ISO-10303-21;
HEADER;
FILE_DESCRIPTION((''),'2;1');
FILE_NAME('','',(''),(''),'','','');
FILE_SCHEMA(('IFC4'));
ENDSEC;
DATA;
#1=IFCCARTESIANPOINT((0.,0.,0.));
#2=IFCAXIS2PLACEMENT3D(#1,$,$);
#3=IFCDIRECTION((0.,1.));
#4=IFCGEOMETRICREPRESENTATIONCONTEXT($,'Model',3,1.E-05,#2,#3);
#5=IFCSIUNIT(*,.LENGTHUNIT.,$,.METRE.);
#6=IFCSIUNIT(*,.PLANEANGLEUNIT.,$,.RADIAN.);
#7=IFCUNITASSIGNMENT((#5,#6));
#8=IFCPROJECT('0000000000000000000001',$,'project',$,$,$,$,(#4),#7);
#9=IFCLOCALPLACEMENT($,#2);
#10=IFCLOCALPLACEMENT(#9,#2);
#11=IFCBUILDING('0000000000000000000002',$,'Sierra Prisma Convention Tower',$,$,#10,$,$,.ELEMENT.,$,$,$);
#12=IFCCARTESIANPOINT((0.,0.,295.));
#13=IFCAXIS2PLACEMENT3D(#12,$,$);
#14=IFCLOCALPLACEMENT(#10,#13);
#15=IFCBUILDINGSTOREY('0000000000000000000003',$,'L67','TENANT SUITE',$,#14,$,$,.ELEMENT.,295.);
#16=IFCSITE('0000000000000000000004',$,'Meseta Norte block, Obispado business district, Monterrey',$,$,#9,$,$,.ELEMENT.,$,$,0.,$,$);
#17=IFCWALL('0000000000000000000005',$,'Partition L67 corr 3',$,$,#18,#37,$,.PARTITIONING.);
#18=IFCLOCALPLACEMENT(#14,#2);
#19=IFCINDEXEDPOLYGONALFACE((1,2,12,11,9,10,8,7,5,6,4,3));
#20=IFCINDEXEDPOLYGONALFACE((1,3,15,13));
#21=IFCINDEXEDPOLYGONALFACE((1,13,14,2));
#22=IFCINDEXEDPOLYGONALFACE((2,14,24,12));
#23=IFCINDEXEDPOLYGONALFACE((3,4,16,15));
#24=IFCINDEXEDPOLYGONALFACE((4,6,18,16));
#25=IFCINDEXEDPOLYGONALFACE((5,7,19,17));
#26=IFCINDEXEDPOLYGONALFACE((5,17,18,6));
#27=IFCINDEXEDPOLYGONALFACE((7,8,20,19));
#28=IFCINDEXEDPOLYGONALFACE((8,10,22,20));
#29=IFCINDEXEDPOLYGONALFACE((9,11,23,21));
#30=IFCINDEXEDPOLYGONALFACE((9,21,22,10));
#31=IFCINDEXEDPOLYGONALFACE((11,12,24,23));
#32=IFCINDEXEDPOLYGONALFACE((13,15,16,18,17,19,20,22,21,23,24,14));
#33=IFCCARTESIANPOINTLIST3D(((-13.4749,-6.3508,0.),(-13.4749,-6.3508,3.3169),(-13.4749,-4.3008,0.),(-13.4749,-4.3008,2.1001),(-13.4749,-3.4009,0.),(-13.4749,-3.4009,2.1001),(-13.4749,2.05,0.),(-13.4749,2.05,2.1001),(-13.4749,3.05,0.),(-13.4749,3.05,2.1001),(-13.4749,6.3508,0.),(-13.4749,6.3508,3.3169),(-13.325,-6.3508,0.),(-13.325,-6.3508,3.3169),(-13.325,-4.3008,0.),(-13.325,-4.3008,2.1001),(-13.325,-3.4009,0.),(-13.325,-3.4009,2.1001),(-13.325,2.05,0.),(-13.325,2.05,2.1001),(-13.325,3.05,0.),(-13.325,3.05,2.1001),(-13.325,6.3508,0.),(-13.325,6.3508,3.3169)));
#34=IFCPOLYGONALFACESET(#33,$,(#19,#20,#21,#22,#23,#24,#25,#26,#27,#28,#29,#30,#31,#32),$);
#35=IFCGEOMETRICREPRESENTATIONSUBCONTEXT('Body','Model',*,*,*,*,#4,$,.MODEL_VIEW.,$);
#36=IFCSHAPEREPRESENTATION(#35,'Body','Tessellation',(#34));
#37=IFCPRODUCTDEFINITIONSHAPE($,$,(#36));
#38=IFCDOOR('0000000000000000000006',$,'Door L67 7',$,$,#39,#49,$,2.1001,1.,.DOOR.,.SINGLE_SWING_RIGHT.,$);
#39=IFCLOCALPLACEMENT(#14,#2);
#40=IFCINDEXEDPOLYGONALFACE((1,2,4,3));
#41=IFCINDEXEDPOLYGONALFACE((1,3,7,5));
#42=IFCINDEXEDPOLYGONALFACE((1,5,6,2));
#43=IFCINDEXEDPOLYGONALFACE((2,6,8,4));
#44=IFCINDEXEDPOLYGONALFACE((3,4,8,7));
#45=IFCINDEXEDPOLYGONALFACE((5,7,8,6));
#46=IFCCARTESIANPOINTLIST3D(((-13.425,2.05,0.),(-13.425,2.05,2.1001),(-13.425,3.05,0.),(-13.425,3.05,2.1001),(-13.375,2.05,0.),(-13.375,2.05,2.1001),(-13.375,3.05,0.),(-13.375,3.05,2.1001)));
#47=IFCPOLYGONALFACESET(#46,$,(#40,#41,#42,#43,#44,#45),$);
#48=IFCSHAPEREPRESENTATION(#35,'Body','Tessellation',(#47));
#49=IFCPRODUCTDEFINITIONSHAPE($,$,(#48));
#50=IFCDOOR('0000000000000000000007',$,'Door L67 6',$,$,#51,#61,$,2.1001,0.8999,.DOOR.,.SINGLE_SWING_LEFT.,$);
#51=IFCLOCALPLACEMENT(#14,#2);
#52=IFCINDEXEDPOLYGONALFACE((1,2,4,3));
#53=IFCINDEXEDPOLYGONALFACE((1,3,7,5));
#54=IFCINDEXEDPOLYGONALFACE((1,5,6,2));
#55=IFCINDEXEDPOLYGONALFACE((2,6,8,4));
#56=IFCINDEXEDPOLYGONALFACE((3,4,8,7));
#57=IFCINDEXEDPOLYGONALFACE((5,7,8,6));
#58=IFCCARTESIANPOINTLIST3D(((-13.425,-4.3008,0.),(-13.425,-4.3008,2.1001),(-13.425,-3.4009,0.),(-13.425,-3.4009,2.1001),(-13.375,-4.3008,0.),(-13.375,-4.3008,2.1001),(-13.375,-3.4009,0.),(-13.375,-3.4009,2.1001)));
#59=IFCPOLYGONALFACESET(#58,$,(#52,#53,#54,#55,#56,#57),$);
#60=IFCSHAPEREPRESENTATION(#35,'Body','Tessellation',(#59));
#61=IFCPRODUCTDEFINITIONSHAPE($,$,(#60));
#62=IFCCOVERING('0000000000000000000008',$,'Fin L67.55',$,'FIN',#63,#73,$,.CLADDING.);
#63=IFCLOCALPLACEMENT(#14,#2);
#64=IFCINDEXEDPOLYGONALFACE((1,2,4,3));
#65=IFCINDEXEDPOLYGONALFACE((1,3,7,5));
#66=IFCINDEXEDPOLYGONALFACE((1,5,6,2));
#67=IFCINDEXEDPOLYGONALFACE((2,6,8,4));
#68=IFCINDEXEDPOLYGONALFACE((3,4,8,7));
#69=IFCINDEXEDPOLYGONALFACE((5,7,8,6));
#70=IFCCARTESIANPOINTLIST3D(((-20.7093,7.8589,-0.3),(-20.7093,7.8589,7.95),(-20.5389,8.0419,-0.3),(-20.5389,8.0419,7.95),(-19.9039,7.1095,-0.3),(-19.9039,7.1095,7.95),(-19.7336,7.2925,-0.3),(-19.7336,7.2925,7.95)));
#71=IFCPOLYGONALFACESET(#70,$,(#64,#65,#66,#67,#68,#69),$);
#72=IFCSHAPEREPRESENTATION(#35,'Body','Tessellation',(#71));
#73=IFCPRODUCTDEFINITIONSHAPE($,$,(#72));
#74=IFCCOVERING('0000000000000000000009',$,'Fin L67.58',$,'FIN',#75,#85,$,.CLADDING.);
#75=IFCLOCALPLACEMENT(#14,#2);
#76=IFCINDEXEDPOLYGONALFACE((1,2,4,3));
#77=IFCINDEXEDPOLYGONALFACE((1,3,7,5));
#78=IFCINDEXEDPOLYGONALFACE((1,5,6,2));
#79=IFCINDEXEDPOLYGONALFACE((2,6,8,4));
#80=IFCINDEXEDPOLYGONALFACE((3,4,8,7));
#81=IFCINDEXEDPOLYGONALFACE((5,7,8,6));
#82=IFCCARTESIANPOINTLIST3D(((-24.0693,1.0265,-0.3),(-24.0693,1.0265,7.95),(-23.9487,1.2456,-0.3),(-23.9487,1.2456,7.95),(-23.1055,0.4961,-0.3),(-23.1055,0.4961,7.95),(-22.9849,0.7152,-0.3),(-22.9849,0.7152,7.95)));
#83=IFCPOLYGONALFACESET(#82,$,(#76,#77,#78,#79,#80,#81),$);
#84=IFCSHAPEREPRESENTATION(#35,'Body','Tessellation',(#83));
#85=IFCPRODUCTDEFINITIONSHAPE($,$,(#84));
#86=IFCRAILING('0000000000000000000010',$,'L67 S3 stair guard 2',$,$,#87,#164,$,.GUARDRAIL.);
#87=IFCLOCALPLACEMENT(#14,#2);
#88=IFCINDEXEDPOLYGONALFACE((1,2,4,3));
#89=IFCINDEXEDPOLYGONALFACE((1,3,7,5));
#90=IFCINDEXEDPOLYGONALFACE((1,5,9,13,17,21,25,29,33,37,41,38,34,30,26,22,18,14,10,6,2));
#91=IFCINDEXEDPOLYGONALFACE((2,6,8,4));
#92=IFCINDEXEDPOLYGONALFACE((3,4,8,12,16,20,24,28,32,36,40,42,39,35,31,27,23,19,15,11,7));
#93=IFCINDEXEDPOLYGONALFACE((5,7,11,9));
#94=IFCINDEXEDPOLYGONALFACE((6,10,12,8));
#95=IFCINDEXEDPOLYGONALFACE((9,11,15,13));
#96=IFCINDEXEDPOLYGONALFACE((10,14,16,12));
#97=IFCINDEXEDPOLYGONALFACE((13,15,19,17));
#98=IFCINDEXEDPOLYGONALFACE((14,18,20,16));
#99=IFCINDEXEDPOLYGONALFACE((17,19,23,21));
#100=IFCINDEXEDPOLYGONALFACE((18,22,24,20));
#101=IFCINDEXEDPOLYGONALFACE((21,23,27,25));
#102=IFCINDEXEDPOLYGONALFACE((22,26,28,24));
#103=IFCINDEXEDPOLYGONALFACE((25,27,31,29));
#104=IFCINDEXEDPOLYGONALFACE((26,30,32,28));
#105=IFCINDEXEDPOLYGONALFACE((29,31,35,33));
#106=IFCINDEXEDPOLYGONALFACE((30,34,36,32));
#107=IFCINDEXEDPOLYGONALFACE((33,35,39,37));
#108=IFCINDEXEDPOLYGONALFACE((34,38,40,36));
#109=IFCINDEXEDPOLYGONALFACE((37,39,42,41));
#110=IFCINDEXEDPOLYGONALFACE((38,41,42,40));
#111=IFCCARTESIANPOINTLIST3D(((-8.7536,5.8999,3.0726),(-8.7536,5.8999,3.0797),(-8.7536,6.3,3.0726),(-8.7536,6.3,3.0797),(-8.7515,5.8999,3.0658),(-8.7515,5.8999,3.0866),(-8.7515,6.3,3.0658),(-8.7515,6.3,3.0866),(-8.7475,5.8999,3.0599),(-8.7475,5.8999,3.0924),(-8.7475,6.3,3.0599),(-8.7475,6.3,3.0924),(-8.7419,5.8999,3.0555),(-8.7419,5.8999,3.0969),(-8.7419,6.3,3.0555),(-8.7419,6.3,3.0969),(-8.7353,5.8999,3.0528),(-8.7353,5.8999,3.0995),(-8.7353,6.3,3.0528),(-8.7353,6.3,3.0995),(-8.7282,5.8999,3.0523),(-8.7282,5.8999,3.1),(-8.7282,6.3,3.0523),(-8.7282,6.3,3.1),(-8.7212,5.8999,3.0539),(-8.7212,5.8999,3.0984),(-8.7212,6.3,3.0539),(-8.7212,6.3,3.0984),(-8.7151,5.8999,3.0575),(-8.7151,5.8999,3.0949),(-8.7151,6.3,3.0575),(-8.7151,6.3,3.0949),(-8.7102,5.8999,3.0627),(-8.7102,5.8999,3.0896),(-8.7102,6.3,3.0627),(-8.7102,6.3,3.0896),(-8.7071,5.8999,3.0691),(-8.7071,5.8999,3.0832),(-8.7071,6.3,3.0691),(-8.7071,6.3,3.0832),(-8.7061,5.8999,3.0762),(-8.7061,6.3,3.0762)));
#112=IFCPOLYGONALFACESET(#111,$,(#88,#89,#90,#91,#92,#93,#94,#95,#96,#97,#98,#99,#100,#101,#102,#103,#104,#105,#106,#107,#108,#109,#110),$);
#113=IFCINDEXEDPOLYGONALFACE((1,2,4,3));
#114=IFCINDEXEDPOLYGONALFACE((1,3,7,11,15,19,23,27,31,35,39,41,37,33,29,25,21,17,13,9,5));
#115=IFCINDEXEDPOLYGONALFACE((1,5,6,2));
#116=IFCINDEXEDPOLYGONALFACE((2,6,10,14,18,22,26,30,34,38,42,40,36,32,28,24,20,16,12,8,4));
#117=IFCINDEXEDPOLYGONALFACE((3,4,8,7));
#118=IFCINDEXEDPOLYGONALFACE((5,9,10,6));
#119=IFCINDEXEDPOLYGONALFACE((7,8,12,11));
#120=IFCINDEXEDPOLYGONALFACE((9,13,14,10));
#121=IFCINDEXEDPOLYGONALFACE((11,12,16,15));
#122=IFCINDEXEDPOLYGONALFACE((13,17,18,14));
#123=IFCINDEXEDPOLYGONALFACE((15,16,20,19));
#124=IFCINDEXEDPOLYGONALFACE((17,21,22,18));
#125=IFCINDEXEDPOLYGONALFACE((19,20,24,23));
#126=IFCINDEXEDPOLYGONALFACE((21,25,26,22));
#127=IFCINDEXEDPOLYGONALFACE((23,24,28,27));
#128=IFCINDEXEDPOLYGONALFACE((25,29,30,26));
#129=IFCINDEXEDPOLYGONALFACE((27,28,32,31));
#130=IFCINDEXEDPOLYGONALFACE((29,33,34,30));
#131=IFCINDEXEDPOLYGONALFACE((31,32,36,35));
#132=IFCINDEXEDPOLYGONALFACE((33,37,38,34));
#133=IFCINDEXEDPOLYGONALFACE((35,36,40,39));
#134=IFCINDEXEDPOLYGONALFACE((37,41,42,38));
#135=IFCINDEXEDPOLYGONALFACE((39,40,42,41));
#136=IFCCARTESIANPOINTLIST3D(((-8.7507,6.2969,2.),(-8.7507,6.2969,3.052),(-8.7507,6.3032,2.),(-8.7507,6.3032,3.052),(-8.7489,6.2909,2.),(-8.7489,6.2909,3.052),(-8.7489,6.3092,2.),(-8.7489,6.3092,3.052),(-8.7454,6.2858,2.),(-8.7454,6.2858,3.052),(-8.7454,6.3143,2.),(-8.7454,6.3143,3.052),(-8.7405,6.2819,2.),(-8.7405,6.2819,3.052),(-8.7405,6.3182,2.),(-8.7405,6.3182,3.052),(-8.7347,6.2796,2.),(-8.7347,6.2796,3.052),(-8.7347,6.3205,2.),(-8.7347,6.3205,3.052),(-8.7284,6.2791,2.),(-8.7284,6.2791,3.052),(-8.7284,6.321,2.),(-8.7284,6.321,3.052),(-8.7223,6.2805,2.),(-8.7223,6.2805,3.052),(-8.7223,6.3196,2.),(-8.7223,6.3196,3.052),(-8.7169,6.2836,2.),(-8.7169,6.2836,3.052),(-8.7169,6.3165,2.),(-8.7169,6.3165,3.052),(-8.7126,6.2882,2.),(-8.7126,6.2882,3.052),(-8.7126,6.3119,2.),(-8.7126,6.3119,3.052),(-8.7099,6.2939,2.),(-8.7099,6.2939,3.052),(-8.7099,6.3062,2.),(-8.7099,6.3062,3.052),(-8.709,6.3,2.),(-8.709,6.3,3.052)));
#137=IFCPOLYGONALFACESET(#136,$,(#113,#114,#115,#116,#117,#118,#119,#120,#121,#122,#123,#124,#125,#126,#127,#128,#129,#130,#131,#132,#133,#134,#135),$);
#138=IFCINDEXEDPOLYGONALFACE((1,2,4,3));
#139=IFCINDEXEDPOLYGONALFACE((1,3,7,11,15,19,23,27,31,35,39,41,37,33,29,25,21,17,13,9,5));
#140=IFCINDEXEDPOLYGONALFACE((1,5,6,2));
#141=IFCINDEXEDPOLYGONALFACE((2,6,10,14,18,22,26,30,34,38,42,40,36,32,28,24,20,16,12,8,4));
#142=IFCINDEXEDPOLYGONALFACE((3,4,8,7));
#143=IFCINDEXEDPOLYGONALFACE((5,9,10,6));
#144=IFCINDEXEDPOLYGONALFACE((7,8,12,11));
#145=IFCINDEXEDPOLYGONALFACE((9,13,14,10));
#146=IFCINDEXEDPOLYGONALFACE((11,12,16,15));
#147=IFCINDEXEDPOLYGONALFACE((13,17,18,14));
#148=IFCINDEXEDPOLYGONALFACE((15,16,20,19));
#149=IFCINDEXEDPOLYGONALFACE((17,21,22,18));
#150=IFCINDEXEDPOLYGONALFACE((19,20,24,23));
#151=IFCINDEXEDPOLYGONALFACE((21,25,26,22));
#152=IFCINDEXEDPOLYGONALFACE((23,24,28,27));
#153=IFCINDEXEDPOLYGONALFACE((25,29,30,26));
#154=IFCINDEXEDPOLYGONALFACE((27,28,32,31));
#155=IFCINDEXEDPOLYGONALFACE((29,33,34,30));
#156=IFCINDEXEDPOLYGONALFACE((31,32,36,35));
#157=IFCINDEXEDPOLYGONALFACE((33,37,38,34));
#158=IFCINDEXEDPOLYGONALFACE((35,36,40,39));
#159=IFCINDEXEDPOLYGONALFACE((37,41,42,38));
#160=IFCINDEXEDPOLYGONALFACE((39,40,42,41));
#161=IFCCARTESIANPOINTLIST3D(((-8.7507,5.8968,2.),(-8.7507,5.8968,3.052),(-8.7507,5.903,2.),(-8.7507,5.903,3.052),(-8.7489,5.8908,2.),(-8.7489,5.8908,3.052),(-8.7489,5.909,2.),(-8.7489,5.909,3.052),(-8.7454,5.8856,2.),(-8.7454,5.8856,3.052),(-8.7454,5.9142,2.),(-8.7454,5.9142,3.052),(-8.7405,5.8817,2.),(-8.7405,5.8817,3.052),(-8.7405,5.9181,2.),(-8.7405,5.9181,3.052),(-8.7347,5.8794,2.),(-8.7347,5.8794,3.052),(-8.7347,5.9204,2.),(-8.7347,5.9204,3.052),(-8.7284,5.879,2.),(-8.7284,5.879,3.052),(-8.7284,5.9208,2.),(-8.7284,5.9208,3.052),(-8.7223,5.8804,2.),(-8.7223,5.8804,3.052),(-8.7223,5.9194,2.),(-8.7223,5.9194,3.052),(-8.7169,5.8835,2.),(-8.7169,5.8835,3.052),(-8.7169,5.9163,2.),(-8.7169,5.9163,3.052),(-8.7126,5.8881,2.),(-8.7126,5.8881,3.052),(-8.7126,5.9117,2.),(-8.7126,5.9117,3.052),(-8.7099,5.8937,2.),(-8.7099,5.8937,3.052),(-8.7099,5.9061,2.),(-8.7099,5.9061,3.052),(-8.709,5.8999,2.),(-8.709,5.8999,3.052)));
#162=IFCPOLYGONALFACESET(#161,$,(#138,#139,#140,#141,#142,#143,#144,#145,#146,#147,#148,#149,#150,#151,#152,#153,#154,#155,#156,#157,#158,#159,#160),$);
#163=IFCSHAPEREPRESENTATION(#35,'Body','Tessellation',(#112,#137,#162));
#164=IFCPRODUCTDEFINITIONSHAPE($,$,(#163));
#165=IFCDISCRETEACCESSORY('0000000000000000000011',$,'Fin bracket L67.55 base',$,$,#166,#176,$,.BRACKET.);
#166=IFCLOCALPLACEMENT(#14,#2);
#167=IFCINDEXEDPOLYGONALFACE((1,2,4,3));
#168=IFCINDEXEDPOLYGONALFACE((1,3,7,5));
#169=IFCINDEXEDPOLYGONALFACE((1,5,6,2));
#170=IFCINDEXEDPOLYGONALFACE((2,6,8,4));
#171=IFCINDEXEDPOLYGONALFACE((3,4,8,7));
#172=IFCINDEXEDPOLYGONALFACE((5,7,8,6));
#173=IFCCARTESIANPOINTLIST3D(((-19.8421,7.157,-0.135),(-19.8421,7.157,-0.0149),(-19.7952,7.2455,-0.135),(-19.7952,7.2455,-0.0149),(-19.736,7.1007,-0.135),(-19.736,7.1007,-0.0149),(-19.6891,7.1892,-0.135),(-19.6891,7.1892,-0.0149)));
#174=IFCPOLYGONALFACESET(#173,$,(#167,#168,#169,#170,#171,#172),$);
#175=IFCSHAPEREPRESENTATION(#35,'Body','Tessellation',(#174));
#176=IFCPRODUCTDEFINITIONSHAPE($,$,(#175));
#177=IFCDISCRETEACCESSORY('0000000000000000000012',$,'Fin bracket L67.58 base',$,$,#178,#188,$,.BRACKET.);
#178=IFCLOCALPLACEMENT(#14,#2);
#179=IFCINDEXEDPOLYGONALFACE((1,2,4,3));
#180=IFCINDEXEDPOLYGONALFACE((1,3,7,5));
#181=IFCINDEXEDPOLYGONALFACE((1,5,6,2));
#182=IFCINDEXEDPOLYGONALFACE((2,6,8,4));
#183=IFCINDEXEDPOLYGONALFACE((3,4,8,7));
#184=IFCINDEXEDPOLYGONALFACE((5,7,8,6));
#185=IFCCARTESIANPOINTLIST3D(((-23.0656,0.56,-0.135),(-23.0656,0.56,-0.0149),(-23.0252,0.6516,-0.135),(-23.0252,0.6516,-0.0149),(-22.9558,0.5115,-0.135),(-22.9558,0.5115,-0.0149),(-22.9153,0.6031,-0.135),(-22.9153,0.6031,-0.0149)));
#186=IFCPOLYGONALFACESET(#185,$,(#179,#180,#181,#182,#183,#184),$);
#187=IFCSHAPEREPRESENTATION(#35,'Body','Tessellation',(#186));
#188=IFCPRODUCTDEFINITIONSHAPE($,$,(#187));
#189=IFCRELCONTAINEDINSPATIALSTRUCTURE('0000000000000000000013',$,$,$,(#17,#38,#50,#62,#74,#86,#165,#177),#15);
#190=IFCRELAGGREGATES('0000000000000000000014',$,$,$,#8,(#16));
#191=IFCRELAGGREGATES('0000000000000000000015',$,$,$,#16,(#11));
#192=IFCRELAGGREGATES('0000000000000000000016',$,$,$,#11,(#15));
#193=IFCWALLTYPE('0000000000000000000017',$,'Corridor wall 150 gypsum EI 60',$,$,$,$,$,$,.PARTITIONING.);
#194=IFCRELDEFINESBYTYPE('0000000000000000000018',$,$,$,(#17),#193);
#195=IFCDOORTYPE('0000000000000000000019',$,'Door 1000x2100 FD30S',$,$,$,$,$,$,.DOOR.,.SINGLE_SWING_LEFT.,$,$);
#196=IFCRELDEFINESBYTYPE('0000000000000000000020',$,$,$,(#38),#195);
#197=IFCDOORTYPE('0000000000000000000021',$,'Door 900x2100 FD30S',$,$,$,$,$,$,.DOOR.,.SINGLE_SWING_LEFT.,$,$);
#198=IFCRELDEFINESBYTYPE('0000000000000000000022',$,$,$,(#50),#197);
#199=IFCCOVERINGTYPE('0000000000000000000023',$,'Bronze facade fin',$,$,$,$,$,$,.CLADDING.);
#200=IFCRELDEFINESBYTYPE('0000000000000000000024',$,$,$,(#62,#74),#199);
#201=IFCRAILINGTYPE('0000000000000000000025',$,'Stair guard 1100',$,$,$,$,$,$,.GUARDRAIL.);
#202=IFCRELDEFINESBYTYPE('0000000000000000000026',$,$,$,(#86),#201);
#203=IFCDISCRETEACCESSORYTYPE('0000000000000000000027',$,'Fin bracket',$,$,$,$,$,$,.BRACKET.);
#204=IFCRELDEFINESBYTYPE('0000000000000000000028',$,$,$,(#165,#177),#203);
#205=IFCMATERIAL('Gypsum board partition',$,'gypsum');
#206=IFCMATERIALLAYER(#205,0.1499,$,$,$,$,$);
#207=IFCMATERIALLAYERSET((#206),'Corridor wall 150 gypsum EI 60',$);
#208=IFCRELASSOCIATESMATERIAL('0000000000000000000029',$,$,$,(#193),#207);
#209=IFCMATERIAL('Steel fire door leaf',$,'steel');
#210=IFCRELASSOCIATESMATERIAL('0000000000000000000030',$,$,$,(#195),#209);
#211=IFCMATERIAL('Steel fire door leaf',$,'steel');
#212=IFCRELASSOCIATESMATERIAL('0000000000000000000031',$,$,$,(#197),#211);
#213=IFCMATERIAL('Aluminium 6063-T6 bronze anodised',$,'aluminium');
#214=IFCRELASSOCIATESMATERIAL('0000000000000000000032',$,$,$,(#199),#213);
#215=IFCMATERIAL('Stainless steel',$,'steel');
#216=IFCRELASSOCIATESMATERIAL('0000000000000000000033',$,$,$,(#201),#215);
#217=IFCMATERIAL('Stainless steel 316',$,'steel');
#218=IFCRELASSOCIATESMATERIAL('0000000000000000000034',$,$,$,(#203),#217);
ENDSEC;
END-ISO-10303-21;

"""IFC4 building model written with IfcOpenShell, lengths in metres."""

from ifc_helpers import new_model, si_unit, direction, frame, frame_2d, origin, origin_2d, place, context, subcontext, project, spatial, rectangle, circle, extrude, material, layer, layer_set, material_profile, profile_set, type_object, element, fill, save


model = new_model("IFC4")

# Units and contexts
model_context = context("Model", 3, precision=1e-05, world=origin(), true_north=direction((0.0, 1.0)))
body_context = subcontext(model_context, "Body", "Model", "MODEL_VIEW")
ifc_project = project(units=[si_unit("LENGTHUNIT", "METRE"), si_unit("PLANEANGLEUNIT", "RADIAN")], contexts=[model_context])

# Site, building, storey
site_placement = place(None, origin())
site = spatial("IfcSite", under=ifc_project, at=site_placement, Name="Meseta Norte block, Obispado business district, Monterrey", CompositionType="ELEMENT", RefElevation=0.0)
building_placement = place(site_placement, origin())
building = spatial("IfcBuilding", under=site, at=building_placement, Name="Sierra Prisma Convention Tower", CompositionType="ELEMENT")
storey_placement = place(building_placement, frame((0.0, 0.0, 295.0)))
storey = spatial("IfcBuildingStorey", under=building, at=storey_placement, Name="L67", Description="TENANT SUITE", CompositionType="ELEMENT", Elevation=295.0)

# Shared definitions
ifc_material_1 = material(Name="Gypsum board partition", Category="gypsum")
ifc_layer_1 = layer(ifc_material_1, 0.1499)
ifc_layer_set_1 = layer_set([ifc_layer_1], Name="Corridor wall 150 gypsum EI 60")
wall_type_1 = type_object("IfcWallType", Name="Corridor wall 150 gypsum EI 60", PredefinedType="PARTITIONING", material=ifc_layer_set_1)

# Wall, openings, doors
wall_1_placement = place(storey_placement, frame((-13.3999, 6.3508, 0.0), z_axis=(0.0, 0.0, 1.0), x_axis=(0.0, -1.0, 0.0)))
wall_1 = element("IfcWall", 1, at=wall_1_placement, inside=storey, type_object=wall_type_1, Name="Partition L67 corr 3", PredefinedType="PARTITIONING", context=body_context, shape_type="SweptSolid", body=[
    extrude(rectangle(XDim=12.7017, YDim=0.1499, at=frame_2d((6.3508, 0.0))), origin(), (0.0, 0.0, 1.0), 3.3169),
])
opening_1_placement = place(wall_1_placement, frame((9.7517, 0.0, 0.0)))
opening_1 = element("IfcOpeningElement", 2, at=opening_1_placement, cuts=wall_1, PredefinedType="OPENING", context=body_context, shape_type="SweptSolid", body=[
    extrude(rectangle(XDim=0.8999, YDim=2.1001, at=frame_2d((0.45, 1.05))), frame((0.0, 0.075, 0.0), z_axis=(0.0, -1.0, 0.0), x_axis=(1.0, 0.0, 0.0)), (0.0, 0.0, 1.0), 0.1499),
])
opening_2_placement = place(wall_1_placement, frame((3.3008, 0.0, 0.0)))
opening_2 = element("IfcOpeningElement", 3, at=opening_2_placement, cuts=wall_1, PredefinedType="OPENING", context=body_context, shape_type="SweptSolid", body=[
    extrude(rectangle(XDim=1.0, YDim=2.1001, at=frame_2d((0.5, 1.05))), frame((0.0, 0.075, 0.0), z_axis=(0.0, -1.0, 0.0), x_axis=(1.0, 0.0, 0.0)), (0.0, 0.0, 1.0), 0.1499),
])
ifc_material_2 = material(Name="Steel fire door leaf", Category="steel")
door_type_1 = type_object("IfcDoorType", Name="Door 1000x2100 FD30S", OperationType="SINGLE_SWING_LEFT", PredefinedType="DOOR", material=ifc_material_2)
door_1_placement = place(opening_2_placement, origin())
door_1 = element("IfcDoor", 4, at=door_1_placement, inside=storey, type_object=door_type_1, Name="Door L67 7", OperationType="SINGLE_SWING_RIGHT", OverallHeight=2.1001, OverallWidth=1.0, PredefinedType="DOOR", context=body_context, shape_type="SweptSolid", body=[
    extrude(rectangle(XDim=1.0, YDim=2.1001, at=frame_2d((0.5, 1.05))), frame((0.0, 0.0249, 0.0), z_axis=(0.0, -1.0, 0.0), x_axis=(1.0, 0.0, 0.0)), (0.0, 0.0, 1.0), 0.05),
])
fill(opening_2, door_1)
ifc_material_3 = material(Name="Steel fire door leaf", Category="steel")
door_type_2 = type_object("IfcDoorType", Name="Door 900x2100 FD30S", OperationType="SINGLE_SWING_LEFT", PredefinedType="DOOR", material=ifc_material_3)
door_2_placement = place(opening_1_placement, origin())
door_2 = element("IfcDoor", 5, at=door_2_placement, inside=storey, type_object=door_type_2, Name="Door L67 6", OperationType="SINGLE_SWING_LEFT", OverallHeight=2.1001, OverallWidth=0.8999, PredefinedType="DOOR", context=body_context, shape_type="SweptSolid", body=[
    extrude(rectangle(XDim=0.8999, YDim=2.1001, at=frame_2d((0.45, 1.05))), frame((0.0, 0.0249, 0.0), z_axis=(0.0, -1.0, 0.0), x_axis=(1.0, 0.0, 0.0)), (0.0, 0.0, 1.0), 0.05),
])
fill(opening_1, door_2)

# Coverings
ifc_material_4 = material(Name="Aluminium 6063-T6 bronze anodised", Category="aluminium")
ifc_material_profile_1 = material_profile(ifc_material_4, rectangle(XDim=1.1001, YDim=0.25, at=origin_2d()), Name="ALU FIN 1100x250")
ifc_profile_set_1 = profile_set([ifc_material_profile_1], Name="Aluminium 6063-T6 bronze anodised")
covering_type = type_object("IfcCoveringType", Name="Bronze facade fin", PredefinedType="CLADDING", material=ifc_profile_set_1)
for number, where, z_axis, x_axis, name in (
    (6, (-20.2214, 7.5757, -0.3), (0.0, 0.0, 1.0), (-0.732053, 0.681248, 0.0), "Fin L67.55"),
    (7, (-23.5271, 0.8708, -0.3), (0.0, 0.0, 1.0), (-0.876107, 0.482116, 0.0), "Fin L67.58"),
):
    element("IfcCovering", number, at=place(storey_placement, frame(where, z_axis=z_axis, x_axis=x_axis)), inside=storey, type_object=covering_type, Name=name, ObjectType="FIN", PredefinedType="CLADDING", context=body_context, shape_type="SweptSolid", body=[
        extrude(rectangle(XDim=1.1001, YDim=0.25, at=origin_2d()), origin(), (0.0, 0.0, 1.0), 8.25),
    ])

# Railing
ifc_material_5 = material(Name="Stainless steel", Category="steel")
railing_type = type_object("IfcRailingType", Name="Stair guard 1100", PredefinedType="GUARDRAIL", material=ifc_material_5)
railing_placement = place(storey_placement, frame((-8.73, 6.3, 2.0)))
element("IfcRailing", 8, at=railing_placement, inside=storey, type_object=railing_type, Name="L67 S3 stair guard 2", PredefinedType="GUARDRAIL", context=body_context, shape_type="SweptSolid", body=[
    extrude(circle(Radius=0.0239, at=origin_2d()), frame((0.0, 0.0, 1.0762), z_axis=(0.0, -1.0, 0.0), x_axis=(1.0, 0.0, 0.0)), (0.0, 0.0, 1.0), 0.4001),
    extrude(circle(Radius=0.021, at=origin_2d()), origin(), (0.0, 0.0, 1.0), 1.052),
    extrude(circle(Radius=0.021, at=origin_2d()), frame((0.0, -0.4001, 0.0)), (0.0, 0.0, 1.0), 1.052),
])

# Discrete accessories
ifc_material_6 = material(Name="Stainless steel 316", Category="steel")
discrete_accessory_type = type_object("IfcDiscreteAccessoryType", Name="Fin bracket", PredefinedType="BRACKET", material=ifc_material_6)
for number, where, z_axis, x_axis, name in (
    (9, (-19.7656, 7.1731, -0.135), (0.0, 0.0, 1.0), (-0.883429, 0.468566, 0.0), "Fin bracket L67.55 base"),
    (10, (-22.9905, 0.5815, -0.135), (0.0, 0.0, 1.0), (-0.914793, 0.403924, 0.0), "Fin bracket L67.58 base"),
):
    element("IfcDiscreteAccessory", number, at=place(storey_placement, frame(where, z_axis=z_axis, x_axis=x_axis)), inside=storey, type_object=discrete_accessory_type, Name=name, PredefinedType="BRACKET", context=body_context, shape_type="SweptSolid", body=[
        extrude(rectangle(XDim=0.1201, YDim=0.1001, at=origin_2d()), origin(), (0.0, 0.0, 1.0), 0.1201),
    ])

save(model, "model.ifc")
